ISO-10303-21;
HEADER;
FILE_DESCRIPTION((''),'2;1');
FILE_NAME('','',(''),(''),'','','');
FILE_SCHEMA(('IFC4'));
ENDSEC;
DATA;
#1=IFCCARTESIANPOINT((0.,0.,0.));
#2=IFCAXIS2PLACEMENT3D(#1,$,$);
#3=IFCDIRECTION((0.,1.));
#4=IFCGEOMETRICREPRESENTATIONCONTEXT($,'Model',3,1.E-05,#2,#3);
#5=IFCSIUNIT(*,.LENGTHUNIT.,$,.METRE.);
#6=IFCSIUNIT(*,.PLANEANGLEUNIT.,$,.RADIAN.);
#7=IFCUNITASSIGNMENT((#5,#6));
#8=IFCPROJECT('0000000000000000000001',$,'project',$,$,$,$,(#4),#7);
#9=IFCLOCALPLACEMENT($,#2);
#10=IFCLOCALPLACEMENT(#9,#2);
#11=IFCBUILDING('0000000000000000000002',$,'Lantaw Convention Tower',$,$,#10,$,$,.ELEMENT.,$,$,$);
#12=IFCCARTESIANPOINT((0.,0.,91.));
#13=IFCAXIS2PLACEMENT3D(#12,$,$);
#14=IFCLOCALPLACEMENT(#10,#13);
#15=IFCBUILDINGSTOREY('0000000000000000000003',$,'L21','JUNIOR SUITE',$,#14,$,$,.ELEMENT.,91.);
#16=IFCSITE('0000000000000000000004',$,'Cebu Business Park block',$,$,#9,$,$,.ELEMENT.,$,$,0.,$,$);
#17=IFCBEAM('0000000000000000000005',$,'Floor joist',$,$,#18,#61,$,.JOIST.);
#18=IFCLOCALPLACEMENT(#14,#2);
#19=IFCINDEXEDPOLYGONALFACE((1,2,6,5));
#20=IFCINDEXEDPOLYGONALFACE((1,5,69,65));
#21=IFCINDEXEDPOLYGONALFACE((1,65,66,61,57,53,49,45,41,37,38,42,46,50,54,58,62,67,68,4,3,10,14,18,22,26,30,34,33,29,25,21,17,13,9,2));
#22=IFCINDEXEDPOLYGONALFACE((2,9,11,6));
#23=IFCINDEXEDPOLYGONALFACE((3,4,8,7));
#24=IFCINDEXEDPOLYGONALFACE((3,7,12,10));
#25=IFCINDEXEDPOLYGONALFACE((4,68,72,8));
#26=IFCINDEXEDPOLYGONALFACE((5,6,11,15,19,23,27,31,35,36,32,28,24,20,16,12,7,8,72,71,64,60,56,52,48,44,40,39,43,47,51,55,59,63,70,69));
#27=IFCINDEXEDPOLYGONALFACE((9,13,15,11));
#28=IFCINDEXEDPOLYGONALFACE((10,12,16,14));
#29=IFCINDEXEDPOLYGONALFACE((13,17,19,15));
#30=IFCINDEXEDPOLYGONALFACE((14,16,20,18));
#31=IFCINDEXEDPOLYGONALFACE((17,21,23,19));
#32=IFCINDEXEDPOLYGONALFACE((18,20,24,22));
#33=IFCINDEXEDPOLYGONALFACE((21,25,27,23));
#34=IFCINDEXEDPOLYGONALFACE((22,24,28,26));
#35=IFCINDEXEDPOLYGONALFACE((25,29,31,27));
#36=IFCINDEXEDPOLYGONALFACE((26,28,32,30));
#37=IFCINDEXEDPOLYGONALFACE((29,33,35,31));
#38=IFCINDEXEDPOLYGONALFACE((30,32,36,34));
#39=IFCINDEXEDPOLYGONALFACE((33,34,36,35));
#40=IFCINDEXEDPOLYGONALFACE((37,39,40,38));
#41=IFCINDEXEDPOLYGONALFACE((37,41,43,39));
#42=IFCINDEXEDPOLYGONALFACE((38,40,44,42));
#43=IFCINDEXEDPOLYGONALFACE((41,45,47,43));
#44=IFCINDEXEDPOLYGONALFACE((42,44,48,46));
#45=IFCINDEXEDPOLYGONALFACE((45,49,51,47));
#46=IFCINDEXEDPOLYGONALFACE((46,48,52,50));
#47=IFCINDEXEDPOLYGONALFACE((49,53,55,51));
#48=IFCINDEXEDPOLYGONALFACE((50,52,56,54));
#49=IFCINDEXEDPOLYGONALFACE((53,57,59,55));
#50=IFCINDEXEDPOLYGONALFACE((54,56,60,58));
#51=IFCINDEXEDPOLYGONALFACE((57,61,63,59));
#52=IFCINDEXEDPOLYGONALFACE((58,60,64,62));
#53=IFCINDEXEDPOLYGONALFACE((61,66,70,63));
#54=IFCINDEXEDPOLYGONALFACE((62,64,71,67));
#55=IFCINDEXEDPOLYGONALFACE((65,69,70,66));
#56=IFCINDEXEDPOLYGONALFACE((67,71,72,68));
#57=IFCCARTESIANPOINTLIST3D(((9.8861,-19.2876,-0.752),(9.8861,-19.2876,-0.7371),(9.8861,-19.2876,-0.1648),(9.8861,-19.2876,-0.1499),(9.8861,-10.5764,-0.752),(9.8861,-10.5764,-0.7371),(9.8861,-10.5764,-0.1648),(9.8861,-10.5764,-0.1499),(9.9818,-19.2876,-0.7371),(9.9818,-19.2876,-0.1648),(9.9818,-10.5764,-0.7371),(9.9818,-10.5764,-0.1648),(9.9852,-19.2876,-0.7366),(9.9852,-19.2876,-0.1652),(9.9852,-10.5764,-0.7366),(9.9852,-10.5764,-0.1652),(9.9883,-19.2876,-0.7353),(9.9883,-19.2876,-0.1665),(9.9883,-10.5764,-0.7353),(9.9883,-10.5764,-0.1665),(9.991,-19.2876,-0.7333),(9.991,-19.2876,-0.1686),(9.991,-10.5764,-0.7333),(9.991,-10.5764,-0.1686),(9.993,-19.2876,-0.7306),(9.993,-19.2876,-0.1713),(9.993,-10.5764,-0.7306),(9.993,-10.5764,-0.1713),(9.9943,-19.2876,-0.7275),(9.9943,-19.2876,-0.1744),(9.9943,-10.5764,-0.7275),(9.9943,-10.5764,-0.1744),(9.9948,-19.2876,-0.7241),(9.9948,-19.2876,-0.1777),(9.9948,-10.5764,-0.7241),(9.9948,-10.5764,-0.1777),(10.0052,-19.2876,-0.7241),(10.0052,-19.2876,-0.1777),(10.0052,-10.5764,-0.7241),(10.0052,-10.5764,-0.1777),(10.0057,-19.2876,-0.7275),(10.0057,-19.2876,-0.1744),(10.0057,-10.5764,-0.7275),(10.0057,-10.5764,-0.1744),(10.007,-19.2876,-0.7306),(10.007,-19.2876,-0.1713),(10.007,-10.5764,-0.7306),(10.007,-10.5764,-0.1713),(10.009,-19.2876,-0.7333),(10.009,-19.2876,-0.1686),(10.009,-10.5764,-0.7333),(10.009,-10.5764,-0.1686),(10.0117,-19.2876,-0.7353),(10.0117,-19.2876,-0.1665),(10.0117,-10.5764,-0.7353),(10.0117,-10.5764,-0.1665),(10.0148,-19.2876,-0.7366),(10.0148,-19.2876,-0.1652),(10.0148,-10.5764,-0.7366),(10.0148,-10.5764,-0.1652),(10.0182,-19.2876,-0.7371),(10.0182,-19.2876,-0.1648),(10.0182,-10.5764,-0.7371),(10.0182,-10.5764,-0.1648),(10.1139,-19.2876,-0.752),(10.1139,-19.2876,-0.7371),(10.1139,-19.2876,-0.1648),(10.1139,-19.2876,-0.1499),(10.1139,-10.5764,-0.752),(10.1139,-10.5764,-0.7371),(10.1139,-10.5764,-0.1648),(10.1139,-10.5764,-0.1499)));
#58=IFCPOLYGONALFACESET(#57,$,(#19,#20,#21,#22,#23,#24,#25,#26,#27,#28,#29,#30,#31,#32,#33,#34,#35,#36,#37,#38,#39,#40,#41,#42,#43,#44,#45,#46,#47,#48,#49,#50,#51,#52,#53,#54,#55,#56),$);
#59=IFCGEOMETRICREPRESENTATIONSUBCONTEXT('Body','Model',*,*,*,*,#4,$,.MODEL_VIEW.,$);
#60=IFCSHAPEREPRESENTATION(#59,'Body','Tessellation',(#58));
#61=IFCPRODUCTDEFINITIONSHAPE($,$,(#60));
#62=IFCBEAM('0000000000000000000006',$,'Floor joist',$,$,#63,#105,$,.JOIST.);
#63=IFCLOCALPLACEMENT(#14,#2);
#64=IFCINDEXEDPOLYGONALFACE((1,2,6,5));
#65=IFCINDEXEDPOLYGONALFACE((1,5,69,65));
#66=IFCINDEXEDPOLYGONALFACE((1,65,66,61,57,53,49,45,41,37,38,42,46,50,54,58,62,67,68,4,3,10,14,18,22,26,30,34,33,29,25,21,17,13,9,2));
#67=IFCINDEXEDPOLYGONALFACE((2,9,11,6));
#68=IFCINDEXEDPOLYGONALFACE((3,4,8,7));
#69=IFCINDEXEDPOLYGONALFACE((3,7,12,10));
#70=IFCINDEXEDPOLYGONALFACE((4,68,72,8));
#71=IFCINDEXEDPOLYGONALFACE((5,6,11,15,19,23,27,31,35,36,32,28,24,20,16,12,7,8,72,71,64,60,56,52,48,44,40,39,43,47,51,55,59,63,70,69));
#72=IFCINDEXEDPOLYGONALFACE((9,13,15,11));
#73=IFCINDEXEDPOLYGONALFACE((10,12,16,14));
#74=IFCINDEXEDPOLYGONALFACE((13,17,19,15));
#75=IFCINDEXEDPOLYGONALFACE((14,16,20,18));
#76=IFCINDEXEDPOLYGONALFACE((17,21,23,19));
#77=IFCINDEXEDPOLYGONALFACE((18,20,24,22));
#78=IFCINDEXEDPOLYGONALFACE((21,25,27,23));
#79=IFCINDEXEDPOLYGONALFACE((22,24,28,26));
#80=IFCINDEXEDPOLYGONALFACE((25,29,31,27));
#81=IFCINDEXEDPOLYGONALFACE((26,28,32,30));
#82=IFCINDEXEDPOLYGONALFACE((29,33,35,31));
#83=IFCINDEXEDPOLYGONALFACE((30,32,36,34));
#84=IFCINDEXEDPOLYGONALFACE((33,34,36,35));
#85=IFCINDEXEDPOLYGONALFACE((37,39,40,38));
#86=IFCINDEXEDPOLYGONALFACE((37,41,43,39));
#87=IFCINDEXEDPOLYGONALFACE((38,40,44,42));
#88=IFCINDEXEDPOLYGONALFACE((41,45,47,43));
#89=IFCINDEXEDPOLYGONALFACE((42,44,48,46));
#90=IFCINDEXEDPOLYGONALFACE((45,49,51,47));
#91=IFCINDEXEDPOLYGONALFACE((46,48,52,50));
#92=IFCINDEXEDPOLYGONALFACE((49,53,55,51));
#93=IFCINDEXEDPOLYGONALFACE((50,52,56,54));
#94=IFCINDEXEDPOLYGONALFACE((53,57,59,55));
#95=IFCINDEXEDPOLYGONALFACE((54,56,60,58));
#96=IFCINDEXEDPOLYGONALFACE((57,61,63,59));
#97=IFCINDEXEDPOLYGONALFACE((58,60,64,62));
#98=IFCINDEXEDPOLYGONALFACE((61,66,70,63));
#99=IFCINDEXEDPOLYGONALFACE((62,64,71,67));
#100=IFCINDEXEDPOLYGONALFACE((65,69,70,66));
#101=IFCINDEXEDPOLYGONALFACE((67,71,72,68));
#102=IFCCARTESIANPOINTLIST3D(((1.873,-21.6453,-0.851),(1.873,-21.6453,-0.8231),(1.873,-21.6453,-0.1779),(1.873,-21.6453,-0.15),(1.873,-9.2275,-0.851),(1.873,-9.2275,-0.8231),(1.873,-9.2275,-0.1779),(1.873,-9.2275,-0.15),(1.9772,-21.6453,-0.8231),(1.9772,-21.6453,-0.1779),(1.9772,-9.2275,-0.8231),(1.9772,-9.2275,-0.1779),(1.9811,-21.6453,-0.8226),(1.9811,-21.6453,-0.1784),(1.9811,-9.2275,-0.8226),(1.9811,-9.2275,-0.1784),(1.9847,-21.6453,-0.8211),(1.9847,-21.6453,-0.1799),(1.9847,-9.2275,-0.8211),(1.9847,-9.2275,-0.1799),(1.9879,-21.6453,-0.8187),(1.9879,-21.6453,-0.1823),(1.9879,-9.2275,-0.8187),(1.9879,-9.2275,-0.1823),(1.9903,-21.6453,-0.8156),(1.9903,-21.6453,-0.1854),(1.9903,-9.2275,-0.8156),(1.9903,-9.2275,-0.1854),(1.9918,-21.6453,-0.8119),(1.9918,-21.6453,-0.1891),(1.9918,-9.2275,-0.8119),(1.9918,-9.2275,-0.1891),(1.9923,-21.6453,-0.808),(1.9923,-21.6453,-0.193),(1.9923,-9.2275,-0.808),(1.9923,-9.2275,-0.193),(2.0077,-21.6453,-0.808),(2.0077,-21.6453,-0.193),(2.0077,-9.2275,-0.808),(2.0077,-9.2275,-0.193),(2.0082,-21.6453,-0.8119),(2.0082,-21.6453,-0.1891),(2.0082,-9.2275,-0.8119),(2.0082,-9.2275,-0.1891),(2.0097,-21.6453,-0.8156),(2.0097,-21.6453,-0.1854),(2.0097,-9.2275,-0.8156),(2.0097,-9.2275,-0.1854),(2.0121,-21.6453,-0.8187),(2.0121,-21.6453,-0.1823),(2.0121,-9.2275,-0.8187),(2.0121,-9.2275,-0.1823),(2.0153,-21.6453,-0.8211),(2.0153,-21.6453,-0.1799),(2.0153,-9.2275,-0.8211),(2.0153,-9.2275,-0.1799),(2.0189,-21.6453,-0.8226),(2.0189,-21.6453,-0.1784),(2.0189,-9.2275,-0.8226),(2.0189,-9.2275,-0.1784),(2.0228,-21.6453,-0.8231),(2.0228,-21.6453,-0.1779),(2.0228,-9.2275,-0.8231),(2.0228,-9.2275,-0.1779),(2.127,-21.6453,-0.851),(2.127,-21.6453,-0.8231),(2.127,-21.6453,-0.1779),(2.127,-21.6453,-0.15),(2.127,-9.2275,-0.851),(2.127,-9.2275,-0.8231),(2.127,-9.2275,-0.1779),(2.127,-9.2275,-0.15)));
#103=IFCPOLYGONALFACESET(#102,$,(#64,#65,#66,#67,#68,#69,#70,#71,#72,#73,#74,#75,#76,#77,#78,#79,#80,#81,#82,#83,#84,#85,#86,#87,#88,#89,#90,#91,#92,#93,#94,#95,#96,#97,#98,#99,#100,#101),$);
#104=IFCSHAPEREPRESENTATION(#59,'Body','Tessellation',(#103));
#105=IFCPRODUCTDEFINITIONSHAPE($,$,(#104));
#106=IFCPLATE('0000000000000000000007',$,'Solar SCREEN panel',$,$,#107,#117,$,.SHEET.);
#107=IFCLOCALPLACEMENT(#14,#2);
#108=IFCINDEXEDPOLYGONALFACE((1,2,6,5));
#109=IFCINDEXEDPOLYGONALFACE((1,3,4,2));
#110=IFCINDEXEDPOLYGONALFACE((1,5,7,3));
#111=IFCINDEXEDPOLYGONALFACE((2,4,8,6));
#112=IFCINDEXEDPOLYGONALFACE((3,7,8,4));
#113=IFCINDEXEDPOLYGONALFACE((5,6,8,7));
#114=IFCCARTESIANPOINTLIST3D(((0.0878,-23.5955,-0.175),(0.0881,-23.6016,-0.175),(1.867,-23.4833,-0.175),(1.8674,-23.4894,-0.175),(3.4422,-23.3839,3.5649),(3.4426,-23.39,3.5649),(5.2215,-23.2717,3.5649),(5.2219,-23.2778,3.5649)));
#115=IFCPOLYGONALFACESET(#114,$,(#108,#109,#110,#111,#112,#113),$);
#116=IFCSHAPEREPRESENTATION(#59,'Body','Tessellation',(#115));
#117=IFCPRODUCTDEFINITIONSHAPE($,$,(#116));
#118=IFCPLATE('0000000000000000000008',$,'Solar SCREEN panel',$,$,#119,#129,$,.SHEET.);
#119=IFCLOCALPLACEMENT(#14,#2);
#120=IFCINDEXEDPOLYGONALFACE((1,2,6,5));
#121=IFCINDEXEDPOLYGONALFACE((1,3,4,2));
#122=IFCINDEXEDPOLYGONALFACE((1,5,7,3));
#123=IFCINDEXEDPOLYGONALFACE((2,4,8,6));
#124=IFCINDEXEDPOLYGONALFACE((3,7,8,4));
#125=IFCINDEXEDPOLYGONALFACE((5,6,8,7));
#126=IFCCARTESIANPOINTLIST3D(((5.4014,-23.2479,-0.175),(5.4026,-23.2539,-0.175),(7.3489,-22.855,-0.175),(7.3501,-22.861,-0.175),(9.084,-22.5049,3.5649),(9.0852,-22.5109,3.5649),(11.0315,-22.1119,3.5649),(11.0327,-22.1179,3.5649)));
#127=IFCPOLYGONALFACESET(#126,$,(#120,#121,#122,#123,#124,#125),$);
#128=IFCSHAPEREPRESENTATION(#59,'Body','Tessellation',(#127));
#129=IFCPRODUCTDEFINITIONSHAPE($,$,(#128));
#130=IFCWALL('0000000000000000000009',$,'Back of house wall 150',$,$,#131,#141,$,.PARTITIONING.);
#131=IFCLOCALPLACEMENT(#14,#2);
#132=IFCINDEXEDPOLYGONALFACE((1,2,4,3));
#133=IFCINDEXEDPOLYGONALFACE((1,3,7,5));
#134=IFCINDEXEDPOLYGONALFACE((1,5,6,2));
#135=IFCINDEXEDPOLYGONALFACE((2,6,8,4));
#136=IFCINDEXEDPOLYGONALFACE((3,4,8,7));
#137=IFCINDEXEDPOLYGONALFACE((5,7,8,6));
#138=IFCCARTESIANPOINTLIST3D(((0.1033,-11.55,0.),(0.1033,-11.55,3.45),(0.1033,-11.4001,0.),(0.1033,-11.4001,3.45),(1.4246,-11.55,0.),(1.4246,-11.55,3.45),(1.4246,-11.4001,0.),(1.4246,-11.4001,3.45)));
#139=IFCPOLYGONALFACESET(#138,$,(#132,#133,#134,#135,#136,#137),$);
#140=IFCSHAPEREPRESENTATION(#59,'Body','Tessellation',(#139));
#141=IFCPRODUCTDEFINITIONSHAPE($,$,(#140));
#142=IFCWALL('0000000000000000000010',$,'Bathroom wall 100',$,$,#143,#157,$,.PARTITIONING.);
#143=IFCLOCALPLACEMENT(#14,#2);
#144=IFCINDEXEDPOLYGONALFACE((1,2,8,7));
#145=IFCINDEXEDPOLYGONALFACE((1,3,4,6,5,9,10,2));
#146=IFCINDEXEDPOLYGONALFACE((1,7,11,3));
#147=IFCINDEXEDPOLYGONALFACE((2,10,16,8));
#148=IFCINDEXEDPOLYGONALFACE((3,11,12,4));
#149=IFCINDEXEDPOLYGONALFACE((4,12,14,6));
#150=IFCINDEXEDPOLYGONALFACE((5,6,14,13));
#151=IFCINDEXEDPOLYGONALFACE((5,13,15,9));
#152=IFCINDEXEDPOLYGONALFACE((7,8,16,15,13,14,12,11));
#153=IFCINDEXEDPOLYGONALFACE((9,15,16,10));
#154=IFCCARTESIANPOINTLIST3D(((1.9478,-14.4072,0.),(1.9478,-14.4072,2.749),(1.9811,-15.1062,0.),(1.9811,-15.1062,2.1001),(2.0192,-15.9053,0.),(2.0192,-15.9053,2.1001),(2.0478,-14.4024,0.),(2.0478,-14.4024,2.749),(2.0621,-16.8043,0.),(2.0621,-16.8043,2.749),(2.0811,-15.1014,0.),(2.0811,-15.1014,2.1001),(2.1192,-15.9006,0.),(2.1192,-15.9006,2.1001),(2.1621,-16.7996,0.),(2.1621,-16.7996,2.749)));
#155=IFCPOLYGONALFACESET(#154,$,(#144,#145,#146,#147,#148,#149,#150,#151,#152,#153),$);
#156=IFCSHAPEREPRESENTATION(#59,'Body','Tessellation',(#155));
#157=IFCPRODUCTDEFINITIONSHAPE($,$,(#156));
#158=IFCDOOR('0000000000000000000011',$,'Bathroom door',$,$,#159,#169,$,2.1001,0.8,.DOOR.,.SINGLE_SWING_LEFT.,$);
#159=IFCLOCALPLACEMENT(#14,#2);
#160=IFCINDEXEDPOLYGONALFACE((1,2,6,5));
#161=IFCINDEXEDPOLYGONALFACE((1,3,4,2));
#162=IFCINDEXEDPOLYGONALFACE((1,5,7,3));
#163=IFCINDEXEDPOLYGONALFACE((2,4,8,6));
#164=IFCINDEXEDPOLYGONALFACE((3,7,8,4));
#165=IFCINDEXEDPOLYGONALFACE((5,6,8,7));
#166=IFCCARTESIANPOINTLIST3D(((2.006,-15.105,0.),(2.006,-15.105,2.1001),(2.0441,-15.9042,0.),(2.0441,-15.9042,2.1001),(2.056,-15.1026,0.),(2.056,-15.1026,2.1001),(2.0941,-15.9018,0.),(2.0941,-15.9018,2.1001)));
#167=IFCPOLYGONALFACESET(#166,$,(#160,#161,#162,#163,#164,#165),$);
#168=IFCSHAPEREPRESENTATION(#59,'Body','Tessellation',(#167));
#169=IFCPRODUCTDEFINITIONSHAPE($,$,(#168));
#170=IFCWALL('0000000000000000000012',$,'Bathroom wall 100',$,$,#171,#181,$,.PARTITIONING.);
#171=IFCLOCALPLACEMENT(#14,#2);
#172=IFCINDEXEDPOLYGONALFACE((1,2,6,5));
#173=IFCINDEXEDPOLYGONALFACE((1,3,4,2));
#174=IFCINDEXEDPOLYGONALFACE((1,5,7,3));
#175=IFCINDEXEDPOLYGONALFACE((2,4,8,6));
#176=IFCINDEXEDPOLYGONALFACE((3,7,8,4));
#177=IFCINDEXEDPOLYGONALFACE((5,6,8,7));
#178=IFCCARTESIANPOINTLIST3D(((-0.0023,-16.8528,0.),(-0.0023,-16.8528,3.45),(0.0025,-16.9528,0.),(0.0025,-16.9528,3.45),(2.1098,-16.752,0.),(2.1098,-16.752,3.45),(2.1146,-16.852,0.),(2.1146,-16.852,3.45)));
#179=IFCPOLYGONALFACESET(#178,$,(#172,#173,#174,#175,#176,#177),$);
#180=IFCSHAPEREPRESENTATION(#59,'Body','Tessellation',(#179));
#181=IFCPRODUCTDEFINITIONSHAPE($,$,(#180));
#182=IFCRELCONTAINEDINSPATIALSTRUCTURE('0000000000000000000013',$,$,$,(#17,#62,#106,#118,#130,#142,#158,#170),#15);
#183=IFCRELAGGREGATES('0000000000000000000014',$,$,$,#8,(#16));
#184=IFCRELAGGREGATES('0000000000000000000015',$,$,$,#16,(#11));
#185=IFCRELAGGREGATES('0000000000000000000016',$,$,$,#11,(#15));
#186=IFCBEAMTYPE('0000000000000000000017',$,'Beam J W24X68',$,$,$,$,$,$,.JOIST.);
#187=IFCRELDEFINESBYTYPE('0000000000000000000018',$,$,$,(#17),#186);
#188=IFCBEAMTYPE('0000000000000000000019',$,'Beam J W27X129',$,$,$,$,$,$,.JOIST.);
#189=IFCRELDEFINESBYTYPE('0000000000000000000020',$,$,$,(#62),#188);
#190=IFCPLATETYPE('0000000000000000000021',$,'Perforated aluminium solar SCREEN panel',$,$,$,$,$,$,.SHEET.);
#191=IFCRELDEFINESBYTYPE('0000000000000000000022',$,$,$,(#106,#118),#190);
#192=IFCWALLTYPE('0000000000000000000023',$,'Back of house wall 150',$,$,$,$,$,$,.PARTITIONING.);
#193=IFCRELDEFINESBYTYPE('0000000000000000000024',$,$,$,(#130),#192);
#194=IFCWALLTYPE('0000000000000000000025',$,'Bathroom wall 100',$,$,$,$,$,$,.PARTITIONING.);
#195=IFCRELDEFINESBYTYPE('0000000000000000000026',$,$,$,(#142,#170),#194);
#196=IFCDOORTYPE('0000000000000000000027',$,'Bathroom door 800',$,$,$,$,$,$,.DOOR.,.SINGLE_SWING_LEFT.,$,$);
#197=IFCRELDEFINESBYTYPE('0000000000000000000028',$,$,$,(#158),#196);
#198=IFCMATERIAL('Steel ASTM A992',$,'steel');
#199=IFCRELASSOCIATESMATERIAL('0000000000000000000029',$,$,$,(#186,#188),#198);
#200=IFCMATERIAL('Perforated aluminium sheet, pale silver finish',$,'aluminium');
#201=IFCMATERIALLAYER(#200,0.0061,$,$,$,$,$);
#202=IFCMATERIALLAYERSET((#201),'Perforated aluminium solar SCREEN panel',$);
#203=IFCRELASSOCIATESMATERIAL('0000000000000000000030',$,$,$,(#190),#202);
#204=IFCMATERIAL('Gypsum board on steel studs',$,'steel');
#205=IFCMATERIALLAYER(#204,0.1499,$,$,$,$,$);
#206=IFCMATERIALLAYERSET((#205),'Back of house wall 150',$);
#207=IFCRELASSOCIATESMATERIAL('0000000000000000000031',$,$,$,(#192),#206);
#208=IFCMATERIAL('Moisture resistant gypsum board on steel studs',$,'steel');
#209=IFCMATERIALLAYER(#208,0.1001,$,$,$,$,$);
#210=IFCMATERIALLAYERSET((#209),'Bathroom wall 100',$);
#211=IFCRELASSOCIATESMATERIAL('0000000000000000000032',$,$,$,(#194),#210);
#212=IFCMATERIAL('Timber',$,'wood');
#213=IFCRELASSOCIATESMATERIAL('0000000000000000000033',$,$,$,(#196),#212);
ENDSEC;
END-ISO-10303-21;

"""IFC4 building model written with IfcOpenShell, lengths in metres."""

from ifc_helpers import new_model, si_unit, direction, frame, frame_2d, origin, origin_2d, place, context, subcontext, project, spatial, polyline, rectangle, i_section, outline, extrude, material, layer, layer_set, material_profile, profile_set, type_object, element, fill, save


model = new_model("IFC4")

# Units and contexts
model_context = context("Model", 3, precision=1e-05, world=origin(), true_north=direction((0.0, 1.0)))
body_context = subcontext(model_context, "Body", "Model", "MODEL_VIEW")
ifc_project = project(units=[si_unit("LENGTHUNIT", "METRE"), si_unit("PLANEANGLEUNIT", "RADIAN")], contexts=[model_context])

# Site, building, storey
site_placement = place(None, origin())
site = spatial("IfcSite", under=ifc_project, at=site_placement, Name="Cebu Business Park block", CompositionType="ELEMENT", RefElevation=0.0)
building_placement = place(site_placement, origin())
building = spatial("IfcBuilding", under=site, at=building_placement, Name="Lantaw Convention Tower", CompositionType="ELEMENT")
storey_placement = place(building_placement, frame((0.0, 0.0, 91.0)))
storey = spatial("IfcBuildingStorey", under=building, at=storey_placement, Name="L21", Description="JUNIOR SUITE", CompositionType="ELEMENT", Elevation=91.0)

# Beams
ifc_material_1 = material(Name="Steel ASTM A992", Category="steel")
ifc_material_profile_1 = material_profile(ifc_material_1, i_section(OverallWidth=0.2278, OverallDepth=0.6021, WebThickness=0.0105, FlangeThickness=0.0149, FilletRadius=0.0129, at=origin_2d()), Name="W24X68")
ifc_profile_set_1 = profile_set([ifc_material_profile_1], Name="Steel ASTM A992")
beam_type_1 = type_object("IfcBeamType", Name="Beam J W24X68", PredefinedType="JOIST", material=ifc_profile_set_1)
beam_1_placement = place(storey_placement, frame((10.0, -19.2876, -0.4509), z_axis=(0.0, 1.0, 0.0), x_axis=(-1.0, 0.0, 0.0)))
element("IfcBeam", 1, at=beam_1_placement, inside=storey, type_object=beam_type_1, Name="Floor joist", PredefinedType="JOIST", context=body_context, shape_type="SweptSolid", body=[
    extrude(i_section(OverallWidth=0.2278, OverallDepth=0.6021, WebThickness=0.0105, FlangeThickness=0.0149, FilletRadius=0.0129, at=origin_2d()), origin(), (0.0, 0.0, 1.0), 8.7112),
])
ifc_material_profile_2 = material_profile(ifc_material_1, i_section(OverallWidth=0.2539, OverallDepth=0.7009, WebThickness=0.0154, FlangeThickness=0.0278, FilletRadius=0.0151, at=origin_2d()), Name="W27X129")
ifc_profile_set_2 = profile_set([ifc_material_profile_2], Name="Steel ASTM A992")
beam_type_2 = type_object("IfcBeamType", Name="Beam J W27X129", PredefinedType="JOIST", material=ifc_profile_set_2)
beam_2_placement = place(storey_placement, frame((2.0, -21.6453, -0.5005), z_axis=(0.0, 1.0, 0.0), x_axis=(-1.0, 0.0, 0.0)))
element("IfcBeam", 2, at=beam_2_placement, inside=storey, type_object=beam_type_2, Name="Floor joist", PredefinedType="JOIST", context=body_context, shape_type="SweptSolid", body=[
    extrude(i_section(OverallWidth=0.2539, OverallDepth=0.7009, WebThickness=0.0154, FlangeThickness=0.0278, FilletRadius=0.0151, at=origin_2d()), origin(), (0.0, 0.0, 1.0), 12.4177),
])

# Plates
ifc_material_2 = material(Name="Perforated aluminium sheet, pale silver finish", Category="aluminium")
ifc_layer_1 = layer(ifc_material_2, 0.0061)
ifc_layer_set_1 = layer_set([ifc_layer_1], Name="Perforated aluminium solar SCREEN panel")
plate_type = type_object("IfcPlateType", Name="Perforated aluminium solar SCREEN panel", PredefinedType="SHEET", material=ifc_layer_set_1)
plate_1_placement = place(storey_placement, frame((0.0881, -23.6016, -0.175), z_axis=(0.062924, -0.998018, 0.000014), x_axis=(0.998018, 0.062924, 0.0)))
element("IfcPlate", 3, at=plate_1_placement, inside=storey, type_object=plate_type, Name="Solar SCREEN panel", PredefinedType="SHEET", context=body_context, shape_type="SweptSolid", body=[
    extrude(outline(polyline([(0.0, 0.0), (1.7828, 0.0), (5.144, 3.74), (3.3611, 3.74), (0.0, 0.0)])), origin(), (0.0, 0.0, -1.0), 0.0061),
])
plate_2_placement = place(storey_placement, frame((5.4026, -23.2539, -0.175), z_axis=(0.197782, -0.980246, 0.000002), x_axis=(0.980246, 0.197782, 0.0)))
element("IfcPlate", 4, at=plate_2_placement, inside=storey, type_object=plate_type, Name="Solar SCREEN panel", PredefinedType="SHEET", context=body_context, shape_type="SweptSolid", body=[
    extrude(outline(polyline([(0.0, 0.0), (1.9867, 0.0), (5.7436, 3.74), (3.7568, 3.74), (0.0, 0.0)])), origin(), (0.0, 0.0, -1.0), 0.0061),
])

# Wall
ifc_material_3 = material(Name="Gypsum board on steel studs", Category="steel")
ifc_layer_2 = layer(ifc_material_3, 0.1499)
ifc_layer_set_2 = layer_set([ifc_layer_2], Name="Back of house wall 150")
wall_type_1 = type_object("IfcWallType", Name="Back of house wall 150", PredefinedType="PARTITIONING", material=ifc_layer_set_2)
wall_1_placement = place(storey_placement, frame((0.1033, -11.4751, 0.0), z_axis=(0.0, 0.0, 1.0), x_axis=(1.0, 0.0, 0.0)))
element("IfcWall", 5, at=wall_1_placement, inside=storey, type_object=wall_type_1, Name="Back of house wall 150", PredefinedType="PARTITIONING", context=body_context, shape_type="SweptSolid", body=[
    extrude(rectangle(XDim=1.3213, YDim=0.1499, at=frame_2d((0.6606, 0.0))), origin(), (0.0, 0.0, 1.0), 3.45),
])

# Wall, opening, door
ifc_material_4 = material(Name="Moisture resistant gypsum board on steel studs", Category="steel")
ifc_layer_3 = layer(ifc_material_4, 0.1001)
ifc_layer_set_3 = layer_set([ifc_layer_3], Name="Bathroom wall 100")
wall_type_2 = type_object("IfcWallType", Name="Bathroom wall 100", PredefinedType="PARTITIONING", material=ifc_layer_set_3)
wall_2_placement = place(storey_placement, frame((1.9978, -14.4048, 0.0), z_axis=(0.0, 0.0, 1.0), x_axis=(0.047609, -0.998866, 0.0)))
wall_2 = element("IfcWall", 6, at=wall_2_placement, inside=storey, type_object=wall_type_2, Name="Bathroom wall 100", PredefinedType="PARTITIONING", context=body_context, shape_type="SweptSolid", body=[
    extrude(rectangle(XDim=2.3999, YDim=0.1001, at=frame_2d((1.2, 0.0))), origin(), (0.0, 0.0, 1.0), 2.749),
])
opening_1_placement = place(wall_2_placement, frame((0.7, 0.0, 0.0)))
opening_1 = element("IfcOpeningElement", 7, at=opening_1_placement, cuts=wall_2, PredefinedType="OPENING", context=body_context, shape_type="SweptSolid", body=[
    extrude(rectangle(XDim=0.8, YDim=2.1001, at=frame_2d((0.3999, 1.05))), frame((0.0, 0.0601, 0.0), z_axis=(0.0, -1.0, 0.0), x_axis=(1.0, 0.0, 0.0)), (0.0, 0.0, 1.0), 0.1201),
])
ifc_material_5 = material(Name="Timber", Category="wood")
door_type_1 = type_object("IfcDoorType", Name="Bathroom door 800", OperationType="SINGLE_SWING_LEFT", PredefinedType="DOOR", material=ifc_material_5)
door_1_placement = place(opening_1_placement, origin())
door_1 = element("IfcDoor", 8, at=door_1_placement, inside=storey, type_object=door_type_1, Name="Bathroom door", OperationType="SINGLE_SWING_LEFT", OverallHeight=2.1001, OverallWidth=0.8, PredefinedType="DOOR", context=body_context, shape_type="SweptSolid", body=[
    extrude(rectangle(XDim=0.8, YDim=2.1001, at=frame_2d((0.3999, 1.05))), frame((0.0, 0.0249, 0.0), z_axis=(0.0, -1.0, 0.0), x_axis=(1.0, 0.0, 0.0)), (0.0, 0.0, 1.0), 0.05),
])
fill(opening_1, door_1)

# Wall
wall_3_placement = place(storey_placement, frame((2.1121, -16.802, 0.0), z_axis=(0.0, 0.0, 1.0), x_axis=(-0.998862, -0.047686, 0.0)))
element("IfcWall", 9, at=wall_3_placement, inside=storey, type_object=wall_type_2, Name="Bathroom wall 100", PredefinedType="PARTITIONING", context=body_context, shape_type="SweptSolid", body=[
    extrude(rectangle(XDim=2.1145, YDim=0.1001, at=frame_2d((1.0571, 0.0))), origin(), (0.0, 0.0, 1.0), 3.45),
])

save(model, "model.ifc")
